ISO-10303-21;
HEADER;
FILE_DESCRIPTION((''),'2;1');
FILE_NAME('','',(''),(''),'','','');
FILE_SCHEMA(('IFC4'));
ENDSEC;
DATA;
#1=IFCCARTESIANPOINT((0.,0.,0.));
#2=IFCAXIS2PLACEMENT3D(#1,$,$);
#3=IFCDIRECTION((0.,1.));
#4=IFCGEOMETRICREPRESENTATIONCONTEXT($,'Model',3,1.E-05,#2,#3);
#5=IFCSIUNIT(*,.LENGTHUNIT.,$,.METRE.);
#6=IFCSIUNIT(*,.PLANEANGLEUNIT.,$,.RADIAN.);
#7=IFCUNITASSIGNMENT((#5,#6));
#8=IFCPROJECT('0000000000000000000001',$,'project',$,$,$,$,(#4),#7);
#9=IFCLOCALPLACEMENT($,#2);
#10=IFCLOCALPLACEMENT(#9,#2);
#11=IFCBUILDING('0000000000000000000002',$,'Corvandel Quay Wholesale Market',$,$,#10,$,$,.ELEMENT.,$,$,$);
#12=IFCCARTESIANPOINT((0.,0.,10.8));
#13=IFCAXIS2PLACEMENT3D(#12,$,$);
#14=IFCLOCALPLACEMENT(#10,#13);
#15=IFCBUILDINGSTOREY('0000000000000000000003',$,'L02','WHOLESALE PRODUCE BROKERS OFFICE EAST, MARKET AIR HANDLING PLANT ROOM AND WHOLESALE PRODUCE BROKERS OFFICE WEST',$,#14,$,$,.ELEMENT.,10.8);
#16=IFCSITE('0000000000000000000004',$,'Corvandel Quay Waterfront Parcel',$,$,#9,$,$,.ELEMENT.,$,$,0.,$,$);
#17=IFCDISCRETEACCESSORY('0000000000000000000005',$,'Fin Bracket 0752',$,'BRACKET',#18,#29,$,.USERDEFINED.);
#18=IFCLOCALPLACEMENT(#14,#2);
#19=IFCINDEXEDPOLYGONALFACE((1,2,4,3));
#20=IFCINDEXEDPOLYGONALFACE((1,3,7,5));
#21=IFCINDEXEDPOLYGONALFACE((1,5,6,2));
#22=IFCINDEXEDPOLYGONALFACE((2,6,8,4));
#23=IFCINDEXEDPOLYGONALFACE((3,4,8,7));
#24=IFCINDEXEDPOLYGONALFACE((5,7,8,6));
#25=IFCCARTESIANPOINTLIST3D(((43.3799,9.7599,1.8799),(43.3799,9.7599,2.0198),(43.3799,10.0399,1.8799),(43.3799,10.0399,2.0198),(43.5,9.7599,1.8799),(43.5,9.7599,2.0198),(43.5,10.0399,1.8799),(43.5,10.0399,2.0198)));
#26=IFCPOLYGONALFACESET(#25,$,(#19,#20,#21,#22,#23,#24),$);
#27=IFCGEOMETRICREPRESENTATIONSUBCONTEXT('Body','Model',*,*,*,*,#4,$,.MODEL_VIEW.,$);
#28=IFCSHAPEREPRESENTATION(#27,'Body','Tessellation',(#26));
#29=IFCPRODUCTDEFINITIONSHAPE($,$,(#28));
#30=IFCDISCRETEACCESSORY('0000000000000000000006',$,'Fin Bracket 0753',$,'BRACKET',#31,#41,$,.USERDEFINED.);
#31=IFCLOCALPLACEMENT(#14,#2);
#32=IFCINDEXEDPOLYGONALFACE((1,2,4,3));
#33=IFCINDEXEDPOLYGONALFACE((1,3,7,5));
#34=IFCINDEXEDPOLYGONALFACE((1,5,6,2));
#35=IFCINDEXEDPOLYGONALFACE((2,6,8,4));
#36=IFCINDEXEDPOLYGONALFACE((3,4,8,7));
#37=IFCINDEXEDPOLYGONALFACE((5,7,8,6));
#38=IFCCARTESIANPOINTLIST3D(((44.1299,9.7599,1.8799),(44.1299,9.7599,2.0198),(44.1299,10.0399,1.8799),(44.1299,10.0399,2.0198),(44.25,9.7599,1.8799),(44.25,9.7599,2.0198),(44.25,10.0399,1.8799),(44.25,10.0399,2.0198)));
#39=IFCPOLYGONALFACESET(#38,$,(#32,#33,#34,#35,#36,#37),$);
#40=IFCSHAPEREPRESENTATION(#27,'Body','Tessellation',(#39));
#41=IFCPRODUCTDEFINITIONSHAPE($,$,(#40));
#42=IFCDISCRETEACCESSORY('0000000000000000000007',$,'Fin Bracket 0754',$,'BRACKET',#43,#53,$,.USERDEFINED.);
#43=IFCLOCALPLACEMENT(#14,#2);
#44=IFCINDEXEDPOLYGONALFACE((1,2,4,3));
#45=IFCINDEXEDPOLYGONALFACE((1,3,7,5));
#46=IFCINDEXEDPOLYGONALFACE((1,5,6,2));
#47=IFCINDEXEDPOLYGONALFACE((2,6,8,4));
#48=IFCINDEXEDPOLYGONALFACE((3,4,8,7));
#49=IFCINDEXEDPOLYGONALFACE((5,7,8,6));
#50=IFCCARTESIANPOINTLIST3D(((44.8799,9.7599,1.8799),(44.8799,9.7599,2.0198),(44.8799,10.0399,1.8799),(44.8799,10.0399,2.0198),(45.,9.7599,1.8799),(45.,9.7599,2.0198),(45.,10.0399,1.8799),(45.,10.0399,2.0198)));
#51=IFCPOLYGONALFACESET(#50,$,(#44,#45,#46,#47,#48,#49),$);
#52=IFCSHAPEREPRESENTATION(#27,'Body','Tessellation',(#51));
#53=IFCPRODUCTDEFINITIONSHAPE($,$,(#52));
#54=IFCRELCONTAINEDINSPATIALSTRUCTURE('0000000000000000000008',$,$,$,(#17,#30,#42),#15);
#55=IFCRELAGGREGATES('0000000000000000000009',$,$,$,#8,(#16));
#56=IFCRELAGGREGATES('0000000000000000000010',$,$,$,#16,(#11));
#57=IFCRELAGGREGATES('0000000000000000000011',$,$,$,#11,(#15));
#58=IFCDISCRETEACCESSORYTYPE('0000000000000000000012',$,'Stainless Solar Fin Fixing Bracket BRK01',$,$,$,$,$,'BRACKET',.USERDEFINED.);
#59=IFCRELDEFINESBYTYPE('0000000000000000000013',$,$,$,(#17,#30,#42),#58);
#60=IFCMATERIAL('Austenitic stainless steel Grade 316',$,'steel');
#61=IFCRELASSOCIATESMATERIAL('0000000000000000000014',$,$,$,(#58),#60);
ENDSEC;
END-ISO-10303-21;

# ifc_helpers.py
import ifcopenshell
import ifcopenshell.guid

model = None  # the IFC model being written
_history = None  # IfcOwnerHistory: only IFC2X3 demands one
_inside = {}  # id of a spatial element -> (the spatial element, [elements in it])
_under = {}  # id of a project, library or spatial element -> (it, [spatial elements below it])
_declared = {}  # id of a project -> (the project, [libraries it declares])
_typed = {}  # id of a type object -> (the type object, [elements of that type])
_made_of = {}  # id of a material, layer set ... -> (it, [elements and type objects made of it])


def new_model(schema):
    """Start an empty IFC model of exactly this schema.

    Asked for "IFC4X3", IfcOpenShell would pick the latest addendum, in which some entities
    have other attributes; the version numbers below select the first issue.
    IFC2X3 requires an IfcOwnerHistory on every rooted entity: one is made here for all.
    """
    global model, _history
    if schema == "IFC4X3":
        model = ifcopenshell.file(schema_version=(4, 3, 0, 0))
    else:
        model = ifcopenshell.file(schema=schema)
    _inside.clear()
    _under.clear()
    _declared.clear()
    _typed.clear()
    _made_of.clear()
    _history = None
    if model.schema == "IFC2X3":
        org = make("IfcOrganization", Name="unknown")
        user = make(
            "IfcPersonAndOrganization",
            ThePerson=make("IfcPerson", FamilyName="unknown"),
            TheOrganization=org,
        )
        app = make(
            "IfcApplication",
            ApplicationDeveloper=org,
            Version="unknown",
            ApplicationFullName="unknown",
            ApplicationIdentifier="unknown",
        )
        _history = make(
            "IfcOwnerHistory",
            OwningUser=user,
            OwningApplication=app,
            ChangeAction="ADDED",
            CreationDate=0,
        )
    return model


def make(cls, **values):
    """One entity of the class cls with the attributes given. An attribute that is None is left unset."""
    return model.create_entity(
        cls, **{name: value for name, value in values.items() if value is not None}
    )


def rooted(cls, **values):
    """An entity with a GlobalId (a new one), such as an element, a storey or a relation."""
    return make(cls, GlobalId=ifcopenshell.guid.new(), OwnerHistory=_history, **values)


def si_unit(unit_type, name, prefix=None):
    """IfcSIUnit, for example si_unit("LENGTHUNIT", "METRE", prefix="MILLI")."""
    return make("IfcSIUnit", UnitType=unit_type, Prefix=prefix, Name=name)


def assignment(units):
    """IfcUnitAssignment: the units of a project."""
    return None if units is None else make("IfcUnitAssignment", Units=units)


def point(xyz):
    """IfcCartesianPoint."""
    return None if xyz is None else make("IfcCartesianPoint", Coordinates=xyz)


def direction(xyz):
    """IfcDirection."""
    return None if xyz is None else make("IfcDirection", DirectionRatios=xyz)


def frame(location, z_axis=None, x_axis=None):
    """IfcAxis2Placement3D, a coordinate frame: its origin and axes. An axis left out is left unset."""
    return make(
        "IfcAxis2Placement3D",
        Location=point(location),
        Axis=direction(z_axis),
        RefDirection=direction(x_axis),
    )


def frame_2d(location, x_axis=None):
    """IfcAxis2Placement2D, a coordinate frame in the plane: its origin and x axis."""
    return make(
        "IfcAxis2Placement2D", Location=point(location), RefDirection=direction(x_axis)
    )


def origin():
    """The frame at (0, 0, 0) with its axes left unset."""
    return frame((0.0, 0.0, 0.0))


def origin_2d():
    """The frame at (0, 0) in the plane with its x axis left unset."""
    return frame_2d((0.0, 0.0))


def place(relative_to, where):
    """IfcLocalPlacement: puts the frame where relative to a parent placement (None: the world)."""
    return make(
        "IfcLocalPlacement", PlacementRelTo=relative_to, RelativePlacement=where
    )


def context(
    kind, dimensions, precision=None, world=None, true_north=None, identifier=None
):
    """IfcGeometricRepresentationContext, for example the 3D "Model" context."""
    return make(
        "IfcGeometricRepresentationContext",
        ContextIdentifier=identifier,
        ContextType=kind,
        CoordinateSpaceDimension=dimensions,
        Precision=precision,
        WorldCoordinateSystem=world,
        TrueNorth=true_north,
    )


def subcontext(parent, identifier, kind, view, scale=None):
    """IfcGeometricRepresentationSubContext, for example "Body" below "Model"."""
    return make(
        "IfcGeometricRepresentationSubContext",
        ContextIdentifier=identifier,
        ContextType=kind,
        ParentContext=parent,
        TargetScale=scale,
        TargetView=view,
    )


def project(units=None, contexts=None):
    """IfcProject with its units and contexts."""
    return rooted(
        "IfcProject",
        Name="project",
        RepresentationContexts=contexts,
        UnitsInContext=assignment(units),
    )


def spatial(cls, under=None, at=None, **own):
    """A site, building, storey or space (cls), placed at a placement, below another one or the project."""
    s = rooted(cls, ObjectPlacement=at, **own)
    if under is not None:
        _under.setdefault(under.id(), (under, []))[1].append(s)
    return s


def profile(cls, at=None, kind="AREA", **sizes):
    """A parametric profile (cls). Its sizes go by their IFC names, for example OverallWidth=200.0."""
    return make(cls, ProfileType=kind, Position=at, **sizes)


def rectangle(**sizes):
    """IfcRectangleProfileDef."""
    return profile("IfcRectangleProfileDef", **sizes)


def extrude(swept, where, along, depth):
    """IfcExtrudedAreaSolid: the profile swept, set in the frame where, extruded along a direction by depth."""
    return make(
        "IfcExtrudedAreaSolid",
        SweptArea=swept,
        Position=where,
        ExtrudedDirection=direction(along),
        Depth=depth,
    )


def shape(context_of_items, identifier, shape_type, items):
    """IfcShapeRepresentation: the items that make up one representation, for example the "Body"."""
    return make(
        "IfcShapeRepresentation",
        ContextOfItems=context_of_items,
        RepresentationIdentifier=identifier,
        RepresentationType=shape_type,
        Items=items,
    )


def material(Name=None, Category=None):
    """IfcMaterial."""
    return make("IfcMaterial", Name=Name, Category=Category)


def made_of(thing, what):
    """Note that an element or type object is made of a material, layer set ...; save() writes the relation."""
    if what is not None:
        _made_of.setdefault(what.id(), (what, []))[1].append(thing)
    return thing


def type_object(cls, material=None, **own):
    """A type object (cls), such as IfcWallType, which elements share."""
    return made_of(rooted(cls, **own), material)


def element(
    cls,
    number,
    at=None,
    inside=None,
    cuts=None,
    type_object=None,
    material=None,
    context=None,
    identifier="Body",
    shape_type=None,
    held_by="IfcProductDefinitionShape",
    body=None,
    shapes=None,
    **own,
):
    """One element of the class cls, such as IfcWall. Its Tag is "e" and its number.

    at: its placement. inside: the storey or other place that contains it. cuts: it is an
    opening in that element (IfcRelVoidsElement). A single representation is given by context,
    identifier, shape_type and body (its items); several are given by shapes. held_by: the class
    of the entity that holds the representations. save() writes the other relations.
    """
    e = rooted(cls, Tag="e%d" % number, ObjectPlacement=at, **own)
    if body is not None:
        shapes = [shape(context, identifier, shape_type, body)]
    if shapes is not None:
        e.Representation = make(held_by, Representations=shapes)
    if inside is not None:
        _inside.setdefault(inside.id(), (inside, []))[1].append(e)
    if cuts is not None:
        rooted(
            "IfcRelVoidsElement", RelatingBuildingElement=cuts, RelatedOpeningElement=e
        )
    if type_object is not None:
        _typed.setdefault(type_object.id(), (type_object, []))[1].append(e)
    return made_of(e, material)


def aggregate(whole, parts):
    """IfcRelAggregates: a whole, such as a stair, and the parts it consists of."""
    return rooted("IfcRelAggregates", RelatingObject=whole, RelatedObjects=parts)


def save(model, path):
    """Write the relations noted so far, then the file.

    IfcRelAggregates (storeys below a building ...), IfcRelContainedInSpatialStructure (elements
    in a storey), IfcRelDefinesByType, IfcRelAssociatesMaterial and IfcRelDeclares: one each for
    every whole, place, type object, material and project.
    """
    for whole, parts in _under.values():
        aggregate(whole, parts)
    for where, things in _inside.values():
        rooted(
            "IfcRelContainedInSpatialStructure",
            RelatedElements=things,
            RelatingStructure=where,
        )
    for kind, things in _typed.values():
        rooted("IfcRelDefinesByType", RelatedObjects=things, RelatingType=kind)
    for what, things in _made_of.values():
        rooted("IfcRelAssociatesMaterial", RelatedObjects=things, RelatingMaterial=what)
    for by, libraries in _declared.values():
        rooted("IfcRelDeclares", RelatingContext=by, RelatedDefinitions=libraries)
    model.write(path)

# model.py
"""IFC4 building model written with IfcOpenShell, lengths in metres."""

from ifc_helpers import new_model, si_unit, direction, frame, origin, origin_2d, place, context, subcontext, project, spatial, rectangle, extrude, material, type_object, element, save


model = new_model("IFC4")

# Units and contexts
model_context = context("Model", 3, precision=1e-05, world=origin(), true_north=direction((0.0, 1.0)))
body_context = subcontext(model_context, "Body", "Model", "MODEL_VIEW")
ifc_project = project(units=[si_unit("LENGTHUNIT", "METRE"), si_unit("PLANEANGLEUNIT", "RADIAN")], contexts=[model_context])

# Site, building, storey
site_placement = place(None, origin())
site = spatial("IfcSite", under=ifc_project, at=site_placement, Name="Corvandel Quay Waterfront Parcel", CompositionType="ELEMENT", RefElevation=0.0)
building_placement = place(site_placement, origin())
building = spatial("IfcBuilding", under=site, at=building_placement, Name="Corvandel Quay Wholesale Market", CompositionType="ELEMENT")
storey_placement = place(building_placement, frame((0.0, 0.0, 10.8)))
storey = spatial("IfcBuildingStorey", under=building, at=storey_placement, Name="L02", Description="WHOLESALE PRODUCE BROKERS OFFICE EAST, MARKET AIR HANDLING PLANT ROOM AND WHOLESALE PRODUCE BROKERS OFFICE WEST", CompositionType="ELEMENT", Elevation=10.8)

# Discrete accessories
ifc_material_1 = material(Name="Austenitic stainless steel Grade 316", Category="steel")
discrete_accessory_type = type_object("IfcDiscreteAccessoryType", Name="Stainless Solar Fin Fixing Bracket BRK01", ElementType="BRACKET", PredefinedType="USERDEFINED", material=ifc_material_1)
for number, where, z_axis, x_axis, name in (
    (1, (43.4399, 9.8999, 1.8799), (0.0, 0.0, 1.0), (0.0, 1.0, 0.0), "Fin Bracket 0752"),
    (2, (44.1899, 9.8999, 1.8799), (0.0, 0.0, 1.0), (0.0, 1.0, 0.0), "Fin Bracket 0753"),
    (3, (44.9399, 9.8999, 1.8799), (0.0, 0.0, 1.0), (0.0, 1.0, 0.0), "Fin Bracket 0754"),
):
    element("IfcDiscreteAccessory", number, at=place(storey_placement, frame(where, z_axis=z_axis, x_axis=x_axis)), inside=storey, type_object=discrete_accessory_type, Name=name, ObjectType="BRACKET", PredefinedType="USERDEFINED", context=body_context, shape_type="SweptSolid", body=[
        extrude(rectangle(XDim=0.28, YDim=0.1201, at=origin_2d()), origin(), (0.0, 0.0, 1.0), 0.1399),
    ])

save(model, "model.ifc")
